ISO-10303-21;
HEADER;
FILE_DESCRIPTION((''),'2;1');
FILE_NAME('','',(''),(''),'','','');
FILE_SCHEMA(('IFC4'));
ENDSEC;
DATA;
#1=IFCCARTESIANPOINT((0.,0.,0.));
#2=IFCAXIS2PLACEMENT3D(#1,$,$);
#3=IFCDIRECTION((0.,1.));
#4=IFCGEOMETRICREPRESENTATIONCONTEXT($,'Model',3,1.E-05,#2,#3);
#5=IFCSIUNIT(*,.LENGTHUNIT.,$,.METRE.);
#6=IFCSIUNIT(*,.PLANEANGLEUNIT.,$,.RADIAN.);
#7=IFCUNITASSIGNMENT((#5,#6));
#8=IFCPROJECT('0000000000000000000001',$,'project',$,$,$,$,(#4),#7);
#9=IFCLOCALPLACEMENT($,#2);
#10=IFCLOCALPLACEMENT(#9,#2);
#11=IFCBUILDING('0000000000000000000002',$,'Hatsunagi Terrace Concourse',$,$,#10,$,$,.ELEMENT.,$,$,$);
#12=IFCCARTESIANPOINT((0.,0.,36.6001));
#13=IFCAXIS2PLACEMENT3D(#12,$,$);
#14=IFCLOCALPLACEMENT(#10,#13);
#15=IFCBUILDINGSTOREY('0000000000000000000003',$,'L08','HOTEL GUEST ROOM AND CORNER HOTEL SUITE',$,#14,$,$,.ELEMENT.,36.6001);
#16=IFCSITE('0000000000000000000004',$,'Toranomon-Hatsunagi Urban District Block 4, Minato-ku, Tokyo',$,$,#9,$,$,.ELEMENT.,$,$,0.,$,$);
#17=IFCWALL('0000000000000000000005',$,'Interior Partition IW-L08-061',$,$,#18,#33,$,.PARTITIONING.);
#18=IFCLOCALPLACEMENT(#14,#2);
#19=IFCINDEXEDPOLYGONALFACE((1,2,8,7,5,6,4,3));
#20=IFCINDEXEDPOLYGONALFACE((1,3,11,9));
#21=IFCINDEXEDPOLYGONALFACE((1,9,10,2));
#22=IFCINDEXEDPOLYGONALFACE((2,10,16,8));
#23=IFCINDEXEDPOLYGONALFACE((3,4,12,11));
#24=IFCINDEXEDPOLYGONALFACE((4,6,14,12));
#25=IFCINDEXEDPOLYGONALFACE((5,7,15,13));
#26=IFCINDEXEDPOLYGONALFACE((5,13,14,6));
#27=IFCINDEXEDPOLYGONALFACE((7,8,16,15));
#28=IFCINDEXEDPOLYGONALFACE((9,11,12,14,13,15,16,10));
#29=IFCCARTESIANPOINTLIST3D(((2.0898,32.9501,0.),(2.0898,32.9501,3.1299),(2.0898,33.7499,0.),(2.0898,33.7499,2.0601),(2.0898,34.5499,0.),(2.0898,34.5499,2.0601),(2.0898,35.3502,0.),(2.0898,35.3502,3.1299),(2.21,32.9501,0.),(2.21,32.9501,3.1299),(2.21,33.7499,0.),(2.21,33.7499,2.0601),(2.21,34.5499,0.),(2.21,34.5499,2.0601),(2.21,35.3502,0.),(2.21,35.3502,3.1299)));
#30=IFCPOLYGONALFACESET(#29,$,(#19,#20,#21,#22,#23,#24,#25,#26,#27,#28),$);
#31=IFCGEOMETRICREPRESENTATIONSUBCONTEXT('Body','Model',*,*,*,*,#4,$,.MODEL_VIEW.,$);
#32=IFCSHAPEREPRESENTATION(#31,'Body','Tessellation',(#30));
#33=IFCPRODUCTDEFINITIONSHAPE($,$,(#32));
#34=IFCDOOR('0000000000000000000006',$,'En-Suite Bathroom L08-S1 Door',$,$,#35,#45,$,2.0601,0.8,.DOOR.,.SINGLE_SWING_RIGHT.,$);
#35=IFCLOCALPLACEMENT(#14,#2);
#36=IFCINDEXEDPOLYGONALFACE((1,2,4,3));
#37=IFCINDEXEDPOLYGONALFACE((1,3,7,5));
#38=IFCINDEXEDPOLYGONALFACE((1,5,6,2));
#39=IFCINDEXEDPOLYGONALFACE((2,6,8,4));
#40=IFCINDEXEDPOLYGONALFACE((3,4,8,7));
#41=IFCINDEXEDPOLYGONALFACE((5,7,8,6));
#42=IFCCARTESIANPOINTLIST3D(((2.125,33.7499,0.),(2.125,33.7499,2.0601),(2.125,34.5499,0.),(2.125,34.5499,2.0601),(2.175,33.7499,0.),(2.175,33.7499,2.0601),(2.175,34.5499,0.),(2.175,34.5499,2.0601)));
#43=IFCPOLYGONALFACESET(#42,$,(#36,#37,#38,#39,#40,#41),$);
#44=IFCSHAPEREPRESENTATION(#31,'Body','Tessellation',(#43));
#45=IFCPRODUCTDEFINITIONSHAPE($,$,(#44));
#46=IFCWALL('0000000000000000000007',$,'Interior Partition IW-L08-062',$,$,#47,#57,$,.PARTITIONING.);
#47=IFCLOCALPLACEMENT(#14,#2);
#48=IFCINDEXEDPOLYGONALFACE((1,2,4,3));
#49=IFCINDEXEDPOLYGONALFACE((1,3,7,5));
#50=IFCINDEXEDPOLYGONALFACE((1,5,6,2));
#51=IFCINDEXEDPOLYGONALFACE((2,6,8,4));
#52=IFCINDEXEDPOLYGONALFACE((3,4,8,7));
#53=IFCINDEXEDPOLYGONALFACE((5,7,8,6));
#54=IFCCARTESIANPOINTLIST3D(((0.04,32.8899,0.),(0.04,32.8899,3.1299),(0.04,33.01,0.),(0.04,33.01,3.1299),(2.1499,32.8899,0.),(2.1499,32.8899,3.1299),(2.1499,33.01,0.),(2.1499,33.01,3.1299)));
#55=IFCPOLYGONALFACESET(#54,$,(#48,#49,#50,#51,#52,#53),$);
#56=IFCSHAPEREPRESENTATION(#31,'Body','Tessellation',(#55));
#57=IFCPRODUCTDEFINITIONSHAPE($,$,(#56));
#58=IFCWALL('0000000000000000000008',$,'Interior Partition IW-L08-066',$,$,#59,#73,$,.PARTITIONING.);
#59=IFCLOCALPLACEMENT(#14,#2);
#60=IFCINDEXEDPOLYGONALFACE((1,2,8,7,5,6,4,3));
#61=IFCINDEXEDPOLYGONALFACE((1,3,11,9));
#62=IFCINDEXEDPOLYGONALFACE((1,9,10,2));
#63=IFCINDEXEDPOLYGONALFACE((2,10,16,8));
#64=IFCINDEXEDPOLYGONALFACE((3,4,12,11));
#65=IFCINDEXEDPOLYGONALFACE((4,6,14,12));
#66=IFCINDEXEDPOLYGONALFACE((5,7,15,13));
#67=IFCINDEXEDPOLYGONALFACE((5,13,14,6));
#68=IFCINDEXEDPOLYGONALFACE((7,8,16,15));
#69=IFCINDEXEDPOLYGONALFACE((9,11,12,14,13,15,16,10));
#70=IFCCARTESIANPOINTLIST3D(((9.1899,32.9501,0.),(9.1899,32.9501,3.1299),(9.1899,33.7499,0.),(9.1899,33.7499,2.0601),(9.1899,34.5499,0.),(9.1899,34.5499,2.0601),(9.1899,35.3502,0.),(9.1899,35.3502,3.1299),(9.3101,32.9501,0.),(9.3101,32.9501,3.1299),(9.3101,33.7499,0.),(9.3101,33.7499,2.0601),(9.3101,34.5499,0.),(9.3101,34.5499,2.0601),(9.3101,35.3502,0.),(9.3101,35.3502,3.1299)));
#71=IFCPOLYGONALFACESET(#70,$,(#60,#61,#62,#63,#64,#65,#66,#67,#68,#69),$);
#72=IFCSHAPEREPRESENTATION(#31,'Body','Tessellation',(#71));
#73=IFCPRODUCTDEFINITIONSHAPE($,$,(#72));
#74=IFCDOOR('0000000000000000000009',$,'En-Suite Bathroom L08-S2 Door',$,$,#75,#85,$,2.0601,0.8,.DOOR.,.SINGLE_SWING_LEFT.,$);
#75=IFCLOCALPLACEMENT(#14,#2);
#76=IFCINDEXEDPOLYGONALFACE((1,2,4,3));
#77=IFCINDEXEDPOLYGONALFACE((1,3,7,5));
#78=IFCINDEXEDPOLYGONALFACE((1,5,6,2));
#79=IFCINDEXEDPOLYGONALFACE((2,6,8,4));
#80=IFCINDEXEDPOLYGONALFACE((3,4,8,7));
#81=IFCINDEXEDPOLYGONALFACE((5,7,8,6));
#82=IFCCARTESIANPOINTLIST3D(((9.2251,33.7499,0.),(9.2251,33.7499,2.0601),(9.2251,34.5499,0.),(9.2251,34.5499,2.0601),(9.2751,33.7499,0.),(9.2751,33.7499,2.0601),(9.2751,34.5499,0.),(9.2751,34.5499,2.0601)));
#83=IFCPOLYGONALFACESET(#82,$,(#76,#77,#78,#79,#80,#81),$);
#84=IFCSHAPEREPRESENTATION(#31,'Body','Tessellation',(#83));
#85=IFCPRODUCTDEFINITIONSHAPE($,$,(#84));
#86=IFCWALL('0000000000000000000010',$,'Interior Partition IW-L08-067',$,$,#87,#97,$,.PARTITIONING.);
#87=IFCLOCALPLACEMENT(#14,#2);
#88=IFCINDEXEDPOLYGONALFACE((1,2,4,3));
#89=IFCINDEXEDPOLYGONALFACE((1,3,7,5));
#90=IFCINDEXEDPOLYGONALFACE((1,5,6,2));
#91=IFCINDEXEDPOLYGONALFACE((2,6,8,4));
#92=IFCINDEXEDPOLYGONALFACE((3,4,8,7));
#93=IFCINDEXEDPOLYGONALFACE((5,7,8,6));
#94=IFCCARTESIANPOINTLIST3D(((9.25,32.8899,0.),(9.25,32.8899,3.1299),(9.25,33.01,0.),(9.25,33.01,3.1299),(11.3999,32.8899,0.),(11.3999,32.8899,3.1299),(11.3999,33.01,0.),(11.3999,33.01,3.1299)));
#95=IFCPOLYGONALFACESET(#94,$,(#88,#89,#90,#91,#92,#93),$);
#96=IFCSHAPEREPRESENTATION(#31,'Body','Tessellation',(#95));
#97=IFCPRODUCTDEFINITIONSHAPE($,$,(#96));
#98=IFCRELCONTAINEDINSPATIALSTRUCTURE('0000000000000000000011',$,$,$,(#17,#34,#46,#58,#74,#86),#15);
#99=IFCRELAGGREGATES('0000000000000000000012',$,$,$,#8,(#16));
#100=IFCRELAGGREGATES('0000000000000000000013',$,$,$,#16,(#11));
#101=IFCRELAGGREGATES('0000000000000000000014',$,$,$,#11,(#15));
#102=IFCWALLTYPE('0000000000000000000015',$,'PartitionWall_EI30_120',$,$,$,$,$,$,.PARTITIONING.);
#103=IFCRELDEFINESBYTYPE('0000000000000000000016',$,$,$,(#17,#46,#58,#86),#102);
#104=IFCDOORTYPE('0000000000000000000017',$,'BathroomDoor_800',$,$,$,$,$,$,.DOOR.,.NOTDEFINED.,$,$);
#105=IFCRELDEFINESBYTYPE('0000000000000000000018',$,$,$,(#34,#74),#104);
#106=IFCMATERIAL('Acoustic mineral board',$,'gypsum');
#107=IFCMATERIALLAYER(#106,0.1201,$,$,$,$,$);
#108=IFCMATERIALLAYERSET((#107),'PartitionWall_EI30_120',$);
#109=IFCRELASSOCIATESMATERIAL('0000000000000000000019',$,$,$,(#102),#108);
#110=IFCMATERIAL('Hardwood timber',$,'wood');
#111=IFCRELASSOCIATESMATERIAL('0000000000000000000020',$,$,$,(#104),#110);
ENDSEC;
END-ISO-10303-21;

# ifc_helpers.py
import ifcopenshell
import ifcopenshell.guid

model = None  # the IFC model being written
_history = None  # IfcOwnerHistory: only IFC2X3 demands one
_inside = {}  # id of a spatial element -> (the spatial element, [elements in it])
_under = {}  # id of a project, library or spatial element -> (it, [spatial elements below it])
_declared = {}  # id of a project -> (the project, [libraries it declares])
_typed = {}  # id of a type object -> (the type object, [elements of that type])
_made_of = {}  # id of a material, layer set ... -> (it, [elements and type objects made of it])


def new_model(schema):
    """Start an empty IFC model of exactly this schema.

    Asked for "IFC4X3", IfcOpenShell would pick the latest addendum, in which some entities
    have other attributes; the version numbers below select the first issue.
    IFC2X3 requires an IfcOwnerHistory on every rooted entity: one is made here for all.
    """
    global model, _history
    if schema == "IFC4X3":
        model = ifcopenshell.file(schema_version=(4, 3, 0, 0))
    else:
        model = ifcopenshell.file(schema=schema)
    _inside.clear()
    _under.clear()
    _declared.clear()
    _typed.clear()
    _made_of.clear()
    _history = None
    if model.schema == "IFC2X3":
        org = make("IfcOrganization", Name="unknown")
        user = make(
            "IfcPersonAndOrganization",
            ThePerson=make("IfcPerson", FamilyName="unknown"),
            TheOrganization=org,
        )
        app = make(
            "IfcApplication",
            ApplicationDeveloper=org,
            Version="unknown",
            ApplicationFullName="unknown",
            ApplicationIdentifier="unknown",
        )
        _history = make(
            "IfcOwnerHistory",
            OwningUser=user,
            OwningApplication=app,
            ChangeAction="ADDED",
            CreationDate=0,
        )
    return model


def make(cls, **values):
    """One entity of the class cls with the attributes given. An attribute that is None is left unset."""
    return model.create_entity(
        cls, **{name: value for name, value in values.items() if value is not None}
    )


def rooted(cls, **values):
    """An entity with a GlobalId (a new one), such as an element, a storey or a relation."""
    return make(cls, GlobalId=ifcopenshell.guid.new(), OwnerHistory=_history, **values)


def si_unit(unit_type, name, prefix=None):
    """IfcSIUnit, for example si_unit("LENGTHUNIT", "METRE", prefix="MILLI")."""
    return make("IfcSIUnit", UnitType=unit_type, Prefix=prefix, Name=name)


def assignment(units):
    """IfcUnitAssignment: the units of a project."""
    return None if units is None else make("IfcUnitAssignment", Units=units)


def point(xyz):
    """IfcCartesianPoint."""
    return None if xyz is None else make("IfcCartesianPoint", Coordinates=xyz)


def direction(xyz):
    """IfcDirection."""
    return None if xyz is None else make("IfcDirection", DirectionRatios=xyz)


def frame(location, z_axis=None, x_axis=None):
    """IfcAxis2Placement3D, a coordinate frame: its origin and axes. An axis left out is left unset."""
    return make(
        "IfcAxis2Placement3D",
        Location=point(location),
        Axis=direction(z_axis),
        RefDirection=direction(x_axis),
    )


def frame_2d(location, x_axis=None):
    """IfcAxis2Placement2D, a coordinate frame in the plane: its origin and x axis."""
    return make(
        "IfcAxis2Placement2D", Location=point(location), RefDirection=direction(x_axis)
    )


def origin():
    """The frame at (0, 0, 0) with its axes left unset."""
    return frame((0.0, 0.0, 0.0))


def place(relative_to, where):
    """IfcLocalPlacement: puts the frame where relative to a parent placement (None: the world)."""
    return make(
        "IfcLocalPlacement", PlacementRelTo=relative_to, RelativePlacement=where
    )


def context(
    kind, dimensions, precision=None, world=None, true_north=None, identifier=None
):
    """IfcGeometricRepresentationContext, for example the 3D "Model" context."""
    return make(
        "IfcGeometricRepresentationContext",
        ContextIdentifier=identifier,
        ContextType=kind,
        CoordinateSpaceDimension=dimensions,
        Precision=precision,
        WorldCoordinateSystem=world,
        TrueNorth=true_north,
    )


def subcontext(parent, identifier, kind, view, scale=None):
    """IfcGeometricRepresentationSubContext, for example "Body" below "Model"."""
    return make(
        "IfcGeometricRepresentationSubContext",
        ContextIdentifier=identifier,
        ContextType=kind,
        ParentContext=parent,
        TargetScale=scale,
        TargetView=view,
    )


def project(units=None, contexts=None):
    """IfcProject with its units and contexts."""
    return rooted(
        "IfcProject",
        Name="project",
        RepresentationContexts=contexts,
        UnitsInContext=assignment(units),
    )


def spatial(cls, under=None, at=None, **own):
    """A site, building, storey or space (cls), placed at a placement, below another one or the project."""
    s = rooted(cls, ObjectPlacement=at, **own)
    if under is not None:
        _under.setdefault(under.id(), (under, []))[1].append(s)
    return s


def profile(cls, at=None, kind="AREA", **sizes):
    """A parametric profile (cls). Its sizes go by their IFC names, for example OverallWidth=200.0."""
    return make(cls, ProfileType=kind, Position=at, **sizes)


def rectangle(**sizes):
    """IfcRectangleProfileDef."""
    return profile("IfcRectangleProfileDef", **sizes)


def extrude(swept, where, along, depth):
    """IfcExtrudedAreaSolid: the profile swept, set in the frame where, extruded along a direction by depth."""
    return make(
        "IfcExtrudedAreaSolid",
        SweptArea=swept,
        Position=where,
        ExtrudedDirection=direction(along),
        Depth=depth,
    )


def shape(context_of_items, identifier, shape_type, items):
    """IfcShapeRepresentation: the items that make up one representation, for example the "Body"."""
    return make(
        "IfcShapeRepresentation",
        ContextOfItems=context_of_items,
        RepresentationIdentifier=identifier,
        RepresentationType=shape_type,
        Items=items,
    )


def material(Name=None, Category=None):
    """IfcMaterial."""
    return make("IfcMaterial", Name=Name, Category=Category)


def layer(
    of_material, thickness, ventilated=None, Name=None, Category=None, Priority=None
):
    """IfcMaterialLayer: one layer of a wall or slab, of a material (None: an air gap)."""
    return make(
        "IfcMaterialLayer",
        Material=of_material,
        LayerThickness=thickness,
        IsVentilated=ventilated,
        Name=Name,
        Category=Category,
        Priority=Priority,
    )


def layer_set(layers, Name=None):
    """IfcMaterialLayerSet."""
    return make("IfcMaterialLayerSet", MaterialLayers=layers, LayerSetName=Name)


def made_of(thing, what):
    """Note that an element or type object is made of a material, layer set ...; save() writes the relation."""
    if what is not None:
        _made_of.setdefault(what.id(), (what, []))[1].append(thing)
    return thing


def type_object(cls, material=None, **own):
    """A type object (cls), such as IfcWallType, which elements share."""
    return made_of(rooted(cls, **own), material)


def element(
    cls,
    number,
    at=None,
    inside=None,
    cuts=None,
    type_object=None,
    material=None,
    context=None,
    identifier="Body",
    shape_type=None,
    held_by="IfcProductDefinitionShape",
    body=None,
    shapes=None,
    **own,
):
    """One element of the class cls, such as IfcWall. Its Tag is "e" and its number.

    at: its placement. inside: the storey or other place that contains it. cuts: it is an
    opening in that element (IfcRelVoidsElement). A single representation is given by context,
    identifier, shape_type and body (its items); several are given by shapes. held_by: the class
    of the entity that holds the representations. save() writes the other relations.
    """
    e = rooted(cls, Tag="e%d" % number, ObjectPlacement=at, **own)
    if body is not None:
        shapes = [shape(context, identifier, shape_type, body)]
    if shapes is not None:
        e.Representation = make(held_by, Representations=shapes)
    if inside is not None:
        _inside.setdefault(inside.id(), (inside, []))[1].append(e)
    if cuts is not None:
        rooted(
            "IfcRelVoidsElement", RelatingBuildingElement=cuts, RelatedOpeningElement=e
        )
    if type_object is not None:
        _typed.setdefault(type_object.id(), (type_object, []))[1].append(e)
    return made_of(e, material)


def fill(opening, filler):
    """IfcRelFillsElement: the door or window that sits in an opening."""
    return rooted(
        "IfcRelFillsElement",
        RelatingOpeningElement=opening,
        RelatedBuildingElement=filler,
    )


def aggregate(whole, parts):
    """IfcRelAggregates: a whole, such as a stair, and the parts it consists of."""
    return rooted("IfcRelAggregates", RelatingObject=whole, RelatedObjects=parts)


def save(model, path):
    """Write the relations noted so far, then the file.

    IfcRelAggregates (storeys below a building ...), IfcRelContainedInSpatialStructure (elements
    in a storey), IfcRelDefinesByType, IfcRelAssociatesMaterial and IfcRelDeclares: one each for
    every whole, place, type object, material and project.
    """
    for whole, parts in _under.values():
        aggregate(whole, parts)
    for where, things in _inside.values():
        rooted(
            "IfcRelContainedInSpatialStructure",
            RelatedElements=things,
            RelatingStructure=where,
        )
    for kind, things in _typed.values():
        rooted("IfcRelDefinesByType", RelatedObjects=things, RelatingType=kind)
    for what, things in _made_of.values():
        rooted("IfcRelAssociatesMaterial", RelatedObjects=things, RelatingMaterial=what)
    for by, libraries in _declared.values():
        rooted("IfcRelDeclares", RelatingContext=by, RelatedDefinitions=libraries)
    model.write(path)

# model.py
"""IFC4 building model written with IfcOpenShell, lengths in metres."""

from ifc_helpers import new_model, si_unit, direction, frame, frame_2d, origin, place, context, subcontext, project, spatial, rectangle, extrude, material, layer, layer_set, type_object, element, fill, save


model = new_model("IFC4")

# Units and contexts
model_context = context("Model", 3, precision=1e-05, world=origin(), true_north=direction((0.0, 1.0)))
body_context = subcontext(model_context, "Body", "Model", "MODEL_VIEW")
ifc_project = project(units=[si_unit("LENGTHUNIT", "METRE"), si_unit("PLANEANGLEUNIT", "RADIAN")], contexts=[model_context])

# Site, building, storey
site_placement = place(None, origin())
site = spatial("IfcSite", under=ifc_project, at=site_placement, Name="Toranomon-Hatsunagi Urban District Block 4, Minato-ku, Tokyo", CompositionType="ELEMENT", RefElevation=0.0)
building_placement = place(site_placement, origin())
building = spatial("IfcBuilding", under=site, at=building_placement, Name="Hatsunagi Terrace Concourse", CompositionType="ELEMENT")
storey_placement = place(building_placement, frame((0.0, 0.0, 36.6001)))
storey = spatial("IfcBuildingStorey", under=building, at=storey_placement, Name="L08", Description="HOTEL GUEST ROOM AND CORNER HOTEL SUITE", CompositionType="ELEMENT", Elevation=36.6001)

# Wall, opening, door
ifc_material_1 = material(Name="Acoustic mineral board", Category="gypsum")
ifc_layer_1 = layer(ifc_material_1, 0.1201)
ifc_layer_set_1 = layer_set([ifc_layer_1], Name="PartitionWall_EI30_120")
wall_type = type_object("IfcWallType", Name="PartitionWall_EI30_120", PredefinedType="PARTITIONING", material=ifc_layer_set_1)
wall_1_placement = place(storey_placement, frame((2.1499, 32.95, 0.0), z_axis=(0.0, 0.0, 1.0), x_axis=(0.0, 1.0, 0.0)))
wall_1 = element("IfcWall", 1, at=wall_1_placement, inside=storey, type_object=wall_type, Name="Interior Partition IW-L08-061", PredefinedType="PARTITIONING", context=body_context, shape_type="SweptSolid", body=[
    extrude(rectangle(XDim=2.4001, YDim=0.1201, at=frame_2d((1.2002, 0.0))), origin(), (0.0, 0.0, 1.0), 3.1299),
])
opening_1_placement = place(wall_1_placement, frame((0.8, 0.0, 0.0)))
opening_1 = element("IfcOpeningElement", 2, at=opening_1_placement, cuts=wall_1, PredefinedType="OPENING", context=body_context, shape_type="SweptSolid", body=[
    extrude(rectangle(XDim=0.8, YDim=2.0601, at=frame_2d((0.3999, 1.03))), frame((0.0, 0.0701, 0.0), z_axis=(0.0, -1.0, 0.0), x_axis=(1.0, 0.0, 0.0)), (0.0, 0.0, 1.0), 0.1401),
])
ifc_material_2 = material(Name="Hardwood timber", Category="wood")
door_type = type_object("IfcDoorType", Name="BathroomDoor_800", OperationType="NOTDEFINED", PredefinedType="DOOR", material=ifc_material_2)
door_1_placement = place(opening_1_placement, origin())
door_1 = element("IfcDoor", 3, at=door_1_placement, inside=storey, type_object=door_type, Name="En-Suite Bathroom L08-S1 Door", OperationType="SINGLE_SWING_RIGHT", OverallHeight=2.0601, OverallWidth=0.8, PredefinedType="DOOR", context=body_context, shape_type="SweptSolid", body=[
    extrude(rectangle(XDim=0.8, YDim=2.0601, at=frame_2d((0.3999, 1.03))), frame((0.0, 0.0249, 0.0), z_axis=(0.0, -1.0, 0.0), x_axis=(1.0, 0.0, 0.0)), (0.0, 0.0, 1.0), 0.05),
])
fill(opening_1, door_1)

# Wall
wall_2_placement = place(storey_placement, frame((0.04, 32.95, 0.0), z_axis=(0.0, 0.0, 1.0), x_axis=(1.0, 0.0, 0.0)))
element("IfcWall", 4, at=wall_2_placement, inside=storey, type_object=wall_type, Name="Interior Partition IW-L08-062", PredefinedType="PARTITIONING", context=body_context, shape_type="SweptSolid", body=[
    extrude(rectangle(XDim=2.1099, YDim=0.1201, at=frame_2d((1.0549, 0.0))), origin(), (0.0, 0.0, 1.0), 3.1299),
])

# Wall, opening, door
wall_3_placement = place(storey_placement, frame((9.25, 32.95, 0.0), z_axis=(0.0, 0.0, 1.0), x_axis=(0.0, 1.0, 0.0)))
wall_3 = element("IfcWall", 5, at=wall_3_placement, inside=storey, type_object=wall_type, Name="Interior Partition IW-L08-066", PredefinedType="PARTITIONING", context=body_context, shape_type="SweptSolid", body=[
    extrude(rectangle(XDim=2.4001, YDim=0.1201, at=frame_2d((1.2002, 0.0))), origin(), (0.0, 0.0, 1.0), 3.1299),
])
opening_2_placement = place(wall_3_placement, frame((0.8, 0.0, 0.0)))
opening_2 = element("IfcOpeningElement", 6, at=opening_2_placement, cuts=wall_3, PredefinedType="OPENING", context=body_context, shape_type="SweptSolid", body=[
    extrude(rectangle(XDim=0.8, YDim=2.0601, at=frame_2d((0.3999, 1.03))), frame((0.0, 0.0701, 0.0), z_axis=(0.0, -1.0, 0.0), x_axis=(1.0, 0.0, 0.0)), (0.0, 0.0, 1.0), 0.1401),
])
door_2_placement = place(opening_2_placement, origin())
door_2 = element("IfcDoor", 7, at=door_2_placement, inside=storey, type_object=door_type, Name="En-Suite Bathroom L08-S2 Door", OperationType="SINGLE_SWING_LEFT", OverallHeight=2.0601, OverallWidth=0.8, PredefinedType="DOOR", context=body_context, shape_type="SweptSolid", body=[
    extrude(rectangle(XDim=0.8, YDim=2.0601, at=frame_2d((0.3999, 1.03))), frame((0.0, 0.0249, 0.0), z_axis=(0.0, -1.0, 0.0), x_axis=(1.0, 0.0, 0.0)), (0.0, 0.0, 1.0), 0.05),
])
fill(opening_2, door_2)

# Wall
wall_4_placement = place(storey_placement, frame((9.25, 32.95, 0.0), z_axis=(0.0, 0.0, 1.0), x_axis=(1.0, 0.0, 0.0)))
element("IfcWall", 8, at=wall_4_placement, inside=storey, type_object=wall_type, Name="Interior Partition IW-L08-067", PredefinedType="PARTITIONING", context=body_context, shape_type="SweptSolid", body=[
    extrude(rectangle(XDim=2.1499, YDim=0.1201, at=frame_2d((1.075, 0.0))), origin(), (0.0, 0.0, 1.0), 3.1299),
])

save(model, "model.ifc")
